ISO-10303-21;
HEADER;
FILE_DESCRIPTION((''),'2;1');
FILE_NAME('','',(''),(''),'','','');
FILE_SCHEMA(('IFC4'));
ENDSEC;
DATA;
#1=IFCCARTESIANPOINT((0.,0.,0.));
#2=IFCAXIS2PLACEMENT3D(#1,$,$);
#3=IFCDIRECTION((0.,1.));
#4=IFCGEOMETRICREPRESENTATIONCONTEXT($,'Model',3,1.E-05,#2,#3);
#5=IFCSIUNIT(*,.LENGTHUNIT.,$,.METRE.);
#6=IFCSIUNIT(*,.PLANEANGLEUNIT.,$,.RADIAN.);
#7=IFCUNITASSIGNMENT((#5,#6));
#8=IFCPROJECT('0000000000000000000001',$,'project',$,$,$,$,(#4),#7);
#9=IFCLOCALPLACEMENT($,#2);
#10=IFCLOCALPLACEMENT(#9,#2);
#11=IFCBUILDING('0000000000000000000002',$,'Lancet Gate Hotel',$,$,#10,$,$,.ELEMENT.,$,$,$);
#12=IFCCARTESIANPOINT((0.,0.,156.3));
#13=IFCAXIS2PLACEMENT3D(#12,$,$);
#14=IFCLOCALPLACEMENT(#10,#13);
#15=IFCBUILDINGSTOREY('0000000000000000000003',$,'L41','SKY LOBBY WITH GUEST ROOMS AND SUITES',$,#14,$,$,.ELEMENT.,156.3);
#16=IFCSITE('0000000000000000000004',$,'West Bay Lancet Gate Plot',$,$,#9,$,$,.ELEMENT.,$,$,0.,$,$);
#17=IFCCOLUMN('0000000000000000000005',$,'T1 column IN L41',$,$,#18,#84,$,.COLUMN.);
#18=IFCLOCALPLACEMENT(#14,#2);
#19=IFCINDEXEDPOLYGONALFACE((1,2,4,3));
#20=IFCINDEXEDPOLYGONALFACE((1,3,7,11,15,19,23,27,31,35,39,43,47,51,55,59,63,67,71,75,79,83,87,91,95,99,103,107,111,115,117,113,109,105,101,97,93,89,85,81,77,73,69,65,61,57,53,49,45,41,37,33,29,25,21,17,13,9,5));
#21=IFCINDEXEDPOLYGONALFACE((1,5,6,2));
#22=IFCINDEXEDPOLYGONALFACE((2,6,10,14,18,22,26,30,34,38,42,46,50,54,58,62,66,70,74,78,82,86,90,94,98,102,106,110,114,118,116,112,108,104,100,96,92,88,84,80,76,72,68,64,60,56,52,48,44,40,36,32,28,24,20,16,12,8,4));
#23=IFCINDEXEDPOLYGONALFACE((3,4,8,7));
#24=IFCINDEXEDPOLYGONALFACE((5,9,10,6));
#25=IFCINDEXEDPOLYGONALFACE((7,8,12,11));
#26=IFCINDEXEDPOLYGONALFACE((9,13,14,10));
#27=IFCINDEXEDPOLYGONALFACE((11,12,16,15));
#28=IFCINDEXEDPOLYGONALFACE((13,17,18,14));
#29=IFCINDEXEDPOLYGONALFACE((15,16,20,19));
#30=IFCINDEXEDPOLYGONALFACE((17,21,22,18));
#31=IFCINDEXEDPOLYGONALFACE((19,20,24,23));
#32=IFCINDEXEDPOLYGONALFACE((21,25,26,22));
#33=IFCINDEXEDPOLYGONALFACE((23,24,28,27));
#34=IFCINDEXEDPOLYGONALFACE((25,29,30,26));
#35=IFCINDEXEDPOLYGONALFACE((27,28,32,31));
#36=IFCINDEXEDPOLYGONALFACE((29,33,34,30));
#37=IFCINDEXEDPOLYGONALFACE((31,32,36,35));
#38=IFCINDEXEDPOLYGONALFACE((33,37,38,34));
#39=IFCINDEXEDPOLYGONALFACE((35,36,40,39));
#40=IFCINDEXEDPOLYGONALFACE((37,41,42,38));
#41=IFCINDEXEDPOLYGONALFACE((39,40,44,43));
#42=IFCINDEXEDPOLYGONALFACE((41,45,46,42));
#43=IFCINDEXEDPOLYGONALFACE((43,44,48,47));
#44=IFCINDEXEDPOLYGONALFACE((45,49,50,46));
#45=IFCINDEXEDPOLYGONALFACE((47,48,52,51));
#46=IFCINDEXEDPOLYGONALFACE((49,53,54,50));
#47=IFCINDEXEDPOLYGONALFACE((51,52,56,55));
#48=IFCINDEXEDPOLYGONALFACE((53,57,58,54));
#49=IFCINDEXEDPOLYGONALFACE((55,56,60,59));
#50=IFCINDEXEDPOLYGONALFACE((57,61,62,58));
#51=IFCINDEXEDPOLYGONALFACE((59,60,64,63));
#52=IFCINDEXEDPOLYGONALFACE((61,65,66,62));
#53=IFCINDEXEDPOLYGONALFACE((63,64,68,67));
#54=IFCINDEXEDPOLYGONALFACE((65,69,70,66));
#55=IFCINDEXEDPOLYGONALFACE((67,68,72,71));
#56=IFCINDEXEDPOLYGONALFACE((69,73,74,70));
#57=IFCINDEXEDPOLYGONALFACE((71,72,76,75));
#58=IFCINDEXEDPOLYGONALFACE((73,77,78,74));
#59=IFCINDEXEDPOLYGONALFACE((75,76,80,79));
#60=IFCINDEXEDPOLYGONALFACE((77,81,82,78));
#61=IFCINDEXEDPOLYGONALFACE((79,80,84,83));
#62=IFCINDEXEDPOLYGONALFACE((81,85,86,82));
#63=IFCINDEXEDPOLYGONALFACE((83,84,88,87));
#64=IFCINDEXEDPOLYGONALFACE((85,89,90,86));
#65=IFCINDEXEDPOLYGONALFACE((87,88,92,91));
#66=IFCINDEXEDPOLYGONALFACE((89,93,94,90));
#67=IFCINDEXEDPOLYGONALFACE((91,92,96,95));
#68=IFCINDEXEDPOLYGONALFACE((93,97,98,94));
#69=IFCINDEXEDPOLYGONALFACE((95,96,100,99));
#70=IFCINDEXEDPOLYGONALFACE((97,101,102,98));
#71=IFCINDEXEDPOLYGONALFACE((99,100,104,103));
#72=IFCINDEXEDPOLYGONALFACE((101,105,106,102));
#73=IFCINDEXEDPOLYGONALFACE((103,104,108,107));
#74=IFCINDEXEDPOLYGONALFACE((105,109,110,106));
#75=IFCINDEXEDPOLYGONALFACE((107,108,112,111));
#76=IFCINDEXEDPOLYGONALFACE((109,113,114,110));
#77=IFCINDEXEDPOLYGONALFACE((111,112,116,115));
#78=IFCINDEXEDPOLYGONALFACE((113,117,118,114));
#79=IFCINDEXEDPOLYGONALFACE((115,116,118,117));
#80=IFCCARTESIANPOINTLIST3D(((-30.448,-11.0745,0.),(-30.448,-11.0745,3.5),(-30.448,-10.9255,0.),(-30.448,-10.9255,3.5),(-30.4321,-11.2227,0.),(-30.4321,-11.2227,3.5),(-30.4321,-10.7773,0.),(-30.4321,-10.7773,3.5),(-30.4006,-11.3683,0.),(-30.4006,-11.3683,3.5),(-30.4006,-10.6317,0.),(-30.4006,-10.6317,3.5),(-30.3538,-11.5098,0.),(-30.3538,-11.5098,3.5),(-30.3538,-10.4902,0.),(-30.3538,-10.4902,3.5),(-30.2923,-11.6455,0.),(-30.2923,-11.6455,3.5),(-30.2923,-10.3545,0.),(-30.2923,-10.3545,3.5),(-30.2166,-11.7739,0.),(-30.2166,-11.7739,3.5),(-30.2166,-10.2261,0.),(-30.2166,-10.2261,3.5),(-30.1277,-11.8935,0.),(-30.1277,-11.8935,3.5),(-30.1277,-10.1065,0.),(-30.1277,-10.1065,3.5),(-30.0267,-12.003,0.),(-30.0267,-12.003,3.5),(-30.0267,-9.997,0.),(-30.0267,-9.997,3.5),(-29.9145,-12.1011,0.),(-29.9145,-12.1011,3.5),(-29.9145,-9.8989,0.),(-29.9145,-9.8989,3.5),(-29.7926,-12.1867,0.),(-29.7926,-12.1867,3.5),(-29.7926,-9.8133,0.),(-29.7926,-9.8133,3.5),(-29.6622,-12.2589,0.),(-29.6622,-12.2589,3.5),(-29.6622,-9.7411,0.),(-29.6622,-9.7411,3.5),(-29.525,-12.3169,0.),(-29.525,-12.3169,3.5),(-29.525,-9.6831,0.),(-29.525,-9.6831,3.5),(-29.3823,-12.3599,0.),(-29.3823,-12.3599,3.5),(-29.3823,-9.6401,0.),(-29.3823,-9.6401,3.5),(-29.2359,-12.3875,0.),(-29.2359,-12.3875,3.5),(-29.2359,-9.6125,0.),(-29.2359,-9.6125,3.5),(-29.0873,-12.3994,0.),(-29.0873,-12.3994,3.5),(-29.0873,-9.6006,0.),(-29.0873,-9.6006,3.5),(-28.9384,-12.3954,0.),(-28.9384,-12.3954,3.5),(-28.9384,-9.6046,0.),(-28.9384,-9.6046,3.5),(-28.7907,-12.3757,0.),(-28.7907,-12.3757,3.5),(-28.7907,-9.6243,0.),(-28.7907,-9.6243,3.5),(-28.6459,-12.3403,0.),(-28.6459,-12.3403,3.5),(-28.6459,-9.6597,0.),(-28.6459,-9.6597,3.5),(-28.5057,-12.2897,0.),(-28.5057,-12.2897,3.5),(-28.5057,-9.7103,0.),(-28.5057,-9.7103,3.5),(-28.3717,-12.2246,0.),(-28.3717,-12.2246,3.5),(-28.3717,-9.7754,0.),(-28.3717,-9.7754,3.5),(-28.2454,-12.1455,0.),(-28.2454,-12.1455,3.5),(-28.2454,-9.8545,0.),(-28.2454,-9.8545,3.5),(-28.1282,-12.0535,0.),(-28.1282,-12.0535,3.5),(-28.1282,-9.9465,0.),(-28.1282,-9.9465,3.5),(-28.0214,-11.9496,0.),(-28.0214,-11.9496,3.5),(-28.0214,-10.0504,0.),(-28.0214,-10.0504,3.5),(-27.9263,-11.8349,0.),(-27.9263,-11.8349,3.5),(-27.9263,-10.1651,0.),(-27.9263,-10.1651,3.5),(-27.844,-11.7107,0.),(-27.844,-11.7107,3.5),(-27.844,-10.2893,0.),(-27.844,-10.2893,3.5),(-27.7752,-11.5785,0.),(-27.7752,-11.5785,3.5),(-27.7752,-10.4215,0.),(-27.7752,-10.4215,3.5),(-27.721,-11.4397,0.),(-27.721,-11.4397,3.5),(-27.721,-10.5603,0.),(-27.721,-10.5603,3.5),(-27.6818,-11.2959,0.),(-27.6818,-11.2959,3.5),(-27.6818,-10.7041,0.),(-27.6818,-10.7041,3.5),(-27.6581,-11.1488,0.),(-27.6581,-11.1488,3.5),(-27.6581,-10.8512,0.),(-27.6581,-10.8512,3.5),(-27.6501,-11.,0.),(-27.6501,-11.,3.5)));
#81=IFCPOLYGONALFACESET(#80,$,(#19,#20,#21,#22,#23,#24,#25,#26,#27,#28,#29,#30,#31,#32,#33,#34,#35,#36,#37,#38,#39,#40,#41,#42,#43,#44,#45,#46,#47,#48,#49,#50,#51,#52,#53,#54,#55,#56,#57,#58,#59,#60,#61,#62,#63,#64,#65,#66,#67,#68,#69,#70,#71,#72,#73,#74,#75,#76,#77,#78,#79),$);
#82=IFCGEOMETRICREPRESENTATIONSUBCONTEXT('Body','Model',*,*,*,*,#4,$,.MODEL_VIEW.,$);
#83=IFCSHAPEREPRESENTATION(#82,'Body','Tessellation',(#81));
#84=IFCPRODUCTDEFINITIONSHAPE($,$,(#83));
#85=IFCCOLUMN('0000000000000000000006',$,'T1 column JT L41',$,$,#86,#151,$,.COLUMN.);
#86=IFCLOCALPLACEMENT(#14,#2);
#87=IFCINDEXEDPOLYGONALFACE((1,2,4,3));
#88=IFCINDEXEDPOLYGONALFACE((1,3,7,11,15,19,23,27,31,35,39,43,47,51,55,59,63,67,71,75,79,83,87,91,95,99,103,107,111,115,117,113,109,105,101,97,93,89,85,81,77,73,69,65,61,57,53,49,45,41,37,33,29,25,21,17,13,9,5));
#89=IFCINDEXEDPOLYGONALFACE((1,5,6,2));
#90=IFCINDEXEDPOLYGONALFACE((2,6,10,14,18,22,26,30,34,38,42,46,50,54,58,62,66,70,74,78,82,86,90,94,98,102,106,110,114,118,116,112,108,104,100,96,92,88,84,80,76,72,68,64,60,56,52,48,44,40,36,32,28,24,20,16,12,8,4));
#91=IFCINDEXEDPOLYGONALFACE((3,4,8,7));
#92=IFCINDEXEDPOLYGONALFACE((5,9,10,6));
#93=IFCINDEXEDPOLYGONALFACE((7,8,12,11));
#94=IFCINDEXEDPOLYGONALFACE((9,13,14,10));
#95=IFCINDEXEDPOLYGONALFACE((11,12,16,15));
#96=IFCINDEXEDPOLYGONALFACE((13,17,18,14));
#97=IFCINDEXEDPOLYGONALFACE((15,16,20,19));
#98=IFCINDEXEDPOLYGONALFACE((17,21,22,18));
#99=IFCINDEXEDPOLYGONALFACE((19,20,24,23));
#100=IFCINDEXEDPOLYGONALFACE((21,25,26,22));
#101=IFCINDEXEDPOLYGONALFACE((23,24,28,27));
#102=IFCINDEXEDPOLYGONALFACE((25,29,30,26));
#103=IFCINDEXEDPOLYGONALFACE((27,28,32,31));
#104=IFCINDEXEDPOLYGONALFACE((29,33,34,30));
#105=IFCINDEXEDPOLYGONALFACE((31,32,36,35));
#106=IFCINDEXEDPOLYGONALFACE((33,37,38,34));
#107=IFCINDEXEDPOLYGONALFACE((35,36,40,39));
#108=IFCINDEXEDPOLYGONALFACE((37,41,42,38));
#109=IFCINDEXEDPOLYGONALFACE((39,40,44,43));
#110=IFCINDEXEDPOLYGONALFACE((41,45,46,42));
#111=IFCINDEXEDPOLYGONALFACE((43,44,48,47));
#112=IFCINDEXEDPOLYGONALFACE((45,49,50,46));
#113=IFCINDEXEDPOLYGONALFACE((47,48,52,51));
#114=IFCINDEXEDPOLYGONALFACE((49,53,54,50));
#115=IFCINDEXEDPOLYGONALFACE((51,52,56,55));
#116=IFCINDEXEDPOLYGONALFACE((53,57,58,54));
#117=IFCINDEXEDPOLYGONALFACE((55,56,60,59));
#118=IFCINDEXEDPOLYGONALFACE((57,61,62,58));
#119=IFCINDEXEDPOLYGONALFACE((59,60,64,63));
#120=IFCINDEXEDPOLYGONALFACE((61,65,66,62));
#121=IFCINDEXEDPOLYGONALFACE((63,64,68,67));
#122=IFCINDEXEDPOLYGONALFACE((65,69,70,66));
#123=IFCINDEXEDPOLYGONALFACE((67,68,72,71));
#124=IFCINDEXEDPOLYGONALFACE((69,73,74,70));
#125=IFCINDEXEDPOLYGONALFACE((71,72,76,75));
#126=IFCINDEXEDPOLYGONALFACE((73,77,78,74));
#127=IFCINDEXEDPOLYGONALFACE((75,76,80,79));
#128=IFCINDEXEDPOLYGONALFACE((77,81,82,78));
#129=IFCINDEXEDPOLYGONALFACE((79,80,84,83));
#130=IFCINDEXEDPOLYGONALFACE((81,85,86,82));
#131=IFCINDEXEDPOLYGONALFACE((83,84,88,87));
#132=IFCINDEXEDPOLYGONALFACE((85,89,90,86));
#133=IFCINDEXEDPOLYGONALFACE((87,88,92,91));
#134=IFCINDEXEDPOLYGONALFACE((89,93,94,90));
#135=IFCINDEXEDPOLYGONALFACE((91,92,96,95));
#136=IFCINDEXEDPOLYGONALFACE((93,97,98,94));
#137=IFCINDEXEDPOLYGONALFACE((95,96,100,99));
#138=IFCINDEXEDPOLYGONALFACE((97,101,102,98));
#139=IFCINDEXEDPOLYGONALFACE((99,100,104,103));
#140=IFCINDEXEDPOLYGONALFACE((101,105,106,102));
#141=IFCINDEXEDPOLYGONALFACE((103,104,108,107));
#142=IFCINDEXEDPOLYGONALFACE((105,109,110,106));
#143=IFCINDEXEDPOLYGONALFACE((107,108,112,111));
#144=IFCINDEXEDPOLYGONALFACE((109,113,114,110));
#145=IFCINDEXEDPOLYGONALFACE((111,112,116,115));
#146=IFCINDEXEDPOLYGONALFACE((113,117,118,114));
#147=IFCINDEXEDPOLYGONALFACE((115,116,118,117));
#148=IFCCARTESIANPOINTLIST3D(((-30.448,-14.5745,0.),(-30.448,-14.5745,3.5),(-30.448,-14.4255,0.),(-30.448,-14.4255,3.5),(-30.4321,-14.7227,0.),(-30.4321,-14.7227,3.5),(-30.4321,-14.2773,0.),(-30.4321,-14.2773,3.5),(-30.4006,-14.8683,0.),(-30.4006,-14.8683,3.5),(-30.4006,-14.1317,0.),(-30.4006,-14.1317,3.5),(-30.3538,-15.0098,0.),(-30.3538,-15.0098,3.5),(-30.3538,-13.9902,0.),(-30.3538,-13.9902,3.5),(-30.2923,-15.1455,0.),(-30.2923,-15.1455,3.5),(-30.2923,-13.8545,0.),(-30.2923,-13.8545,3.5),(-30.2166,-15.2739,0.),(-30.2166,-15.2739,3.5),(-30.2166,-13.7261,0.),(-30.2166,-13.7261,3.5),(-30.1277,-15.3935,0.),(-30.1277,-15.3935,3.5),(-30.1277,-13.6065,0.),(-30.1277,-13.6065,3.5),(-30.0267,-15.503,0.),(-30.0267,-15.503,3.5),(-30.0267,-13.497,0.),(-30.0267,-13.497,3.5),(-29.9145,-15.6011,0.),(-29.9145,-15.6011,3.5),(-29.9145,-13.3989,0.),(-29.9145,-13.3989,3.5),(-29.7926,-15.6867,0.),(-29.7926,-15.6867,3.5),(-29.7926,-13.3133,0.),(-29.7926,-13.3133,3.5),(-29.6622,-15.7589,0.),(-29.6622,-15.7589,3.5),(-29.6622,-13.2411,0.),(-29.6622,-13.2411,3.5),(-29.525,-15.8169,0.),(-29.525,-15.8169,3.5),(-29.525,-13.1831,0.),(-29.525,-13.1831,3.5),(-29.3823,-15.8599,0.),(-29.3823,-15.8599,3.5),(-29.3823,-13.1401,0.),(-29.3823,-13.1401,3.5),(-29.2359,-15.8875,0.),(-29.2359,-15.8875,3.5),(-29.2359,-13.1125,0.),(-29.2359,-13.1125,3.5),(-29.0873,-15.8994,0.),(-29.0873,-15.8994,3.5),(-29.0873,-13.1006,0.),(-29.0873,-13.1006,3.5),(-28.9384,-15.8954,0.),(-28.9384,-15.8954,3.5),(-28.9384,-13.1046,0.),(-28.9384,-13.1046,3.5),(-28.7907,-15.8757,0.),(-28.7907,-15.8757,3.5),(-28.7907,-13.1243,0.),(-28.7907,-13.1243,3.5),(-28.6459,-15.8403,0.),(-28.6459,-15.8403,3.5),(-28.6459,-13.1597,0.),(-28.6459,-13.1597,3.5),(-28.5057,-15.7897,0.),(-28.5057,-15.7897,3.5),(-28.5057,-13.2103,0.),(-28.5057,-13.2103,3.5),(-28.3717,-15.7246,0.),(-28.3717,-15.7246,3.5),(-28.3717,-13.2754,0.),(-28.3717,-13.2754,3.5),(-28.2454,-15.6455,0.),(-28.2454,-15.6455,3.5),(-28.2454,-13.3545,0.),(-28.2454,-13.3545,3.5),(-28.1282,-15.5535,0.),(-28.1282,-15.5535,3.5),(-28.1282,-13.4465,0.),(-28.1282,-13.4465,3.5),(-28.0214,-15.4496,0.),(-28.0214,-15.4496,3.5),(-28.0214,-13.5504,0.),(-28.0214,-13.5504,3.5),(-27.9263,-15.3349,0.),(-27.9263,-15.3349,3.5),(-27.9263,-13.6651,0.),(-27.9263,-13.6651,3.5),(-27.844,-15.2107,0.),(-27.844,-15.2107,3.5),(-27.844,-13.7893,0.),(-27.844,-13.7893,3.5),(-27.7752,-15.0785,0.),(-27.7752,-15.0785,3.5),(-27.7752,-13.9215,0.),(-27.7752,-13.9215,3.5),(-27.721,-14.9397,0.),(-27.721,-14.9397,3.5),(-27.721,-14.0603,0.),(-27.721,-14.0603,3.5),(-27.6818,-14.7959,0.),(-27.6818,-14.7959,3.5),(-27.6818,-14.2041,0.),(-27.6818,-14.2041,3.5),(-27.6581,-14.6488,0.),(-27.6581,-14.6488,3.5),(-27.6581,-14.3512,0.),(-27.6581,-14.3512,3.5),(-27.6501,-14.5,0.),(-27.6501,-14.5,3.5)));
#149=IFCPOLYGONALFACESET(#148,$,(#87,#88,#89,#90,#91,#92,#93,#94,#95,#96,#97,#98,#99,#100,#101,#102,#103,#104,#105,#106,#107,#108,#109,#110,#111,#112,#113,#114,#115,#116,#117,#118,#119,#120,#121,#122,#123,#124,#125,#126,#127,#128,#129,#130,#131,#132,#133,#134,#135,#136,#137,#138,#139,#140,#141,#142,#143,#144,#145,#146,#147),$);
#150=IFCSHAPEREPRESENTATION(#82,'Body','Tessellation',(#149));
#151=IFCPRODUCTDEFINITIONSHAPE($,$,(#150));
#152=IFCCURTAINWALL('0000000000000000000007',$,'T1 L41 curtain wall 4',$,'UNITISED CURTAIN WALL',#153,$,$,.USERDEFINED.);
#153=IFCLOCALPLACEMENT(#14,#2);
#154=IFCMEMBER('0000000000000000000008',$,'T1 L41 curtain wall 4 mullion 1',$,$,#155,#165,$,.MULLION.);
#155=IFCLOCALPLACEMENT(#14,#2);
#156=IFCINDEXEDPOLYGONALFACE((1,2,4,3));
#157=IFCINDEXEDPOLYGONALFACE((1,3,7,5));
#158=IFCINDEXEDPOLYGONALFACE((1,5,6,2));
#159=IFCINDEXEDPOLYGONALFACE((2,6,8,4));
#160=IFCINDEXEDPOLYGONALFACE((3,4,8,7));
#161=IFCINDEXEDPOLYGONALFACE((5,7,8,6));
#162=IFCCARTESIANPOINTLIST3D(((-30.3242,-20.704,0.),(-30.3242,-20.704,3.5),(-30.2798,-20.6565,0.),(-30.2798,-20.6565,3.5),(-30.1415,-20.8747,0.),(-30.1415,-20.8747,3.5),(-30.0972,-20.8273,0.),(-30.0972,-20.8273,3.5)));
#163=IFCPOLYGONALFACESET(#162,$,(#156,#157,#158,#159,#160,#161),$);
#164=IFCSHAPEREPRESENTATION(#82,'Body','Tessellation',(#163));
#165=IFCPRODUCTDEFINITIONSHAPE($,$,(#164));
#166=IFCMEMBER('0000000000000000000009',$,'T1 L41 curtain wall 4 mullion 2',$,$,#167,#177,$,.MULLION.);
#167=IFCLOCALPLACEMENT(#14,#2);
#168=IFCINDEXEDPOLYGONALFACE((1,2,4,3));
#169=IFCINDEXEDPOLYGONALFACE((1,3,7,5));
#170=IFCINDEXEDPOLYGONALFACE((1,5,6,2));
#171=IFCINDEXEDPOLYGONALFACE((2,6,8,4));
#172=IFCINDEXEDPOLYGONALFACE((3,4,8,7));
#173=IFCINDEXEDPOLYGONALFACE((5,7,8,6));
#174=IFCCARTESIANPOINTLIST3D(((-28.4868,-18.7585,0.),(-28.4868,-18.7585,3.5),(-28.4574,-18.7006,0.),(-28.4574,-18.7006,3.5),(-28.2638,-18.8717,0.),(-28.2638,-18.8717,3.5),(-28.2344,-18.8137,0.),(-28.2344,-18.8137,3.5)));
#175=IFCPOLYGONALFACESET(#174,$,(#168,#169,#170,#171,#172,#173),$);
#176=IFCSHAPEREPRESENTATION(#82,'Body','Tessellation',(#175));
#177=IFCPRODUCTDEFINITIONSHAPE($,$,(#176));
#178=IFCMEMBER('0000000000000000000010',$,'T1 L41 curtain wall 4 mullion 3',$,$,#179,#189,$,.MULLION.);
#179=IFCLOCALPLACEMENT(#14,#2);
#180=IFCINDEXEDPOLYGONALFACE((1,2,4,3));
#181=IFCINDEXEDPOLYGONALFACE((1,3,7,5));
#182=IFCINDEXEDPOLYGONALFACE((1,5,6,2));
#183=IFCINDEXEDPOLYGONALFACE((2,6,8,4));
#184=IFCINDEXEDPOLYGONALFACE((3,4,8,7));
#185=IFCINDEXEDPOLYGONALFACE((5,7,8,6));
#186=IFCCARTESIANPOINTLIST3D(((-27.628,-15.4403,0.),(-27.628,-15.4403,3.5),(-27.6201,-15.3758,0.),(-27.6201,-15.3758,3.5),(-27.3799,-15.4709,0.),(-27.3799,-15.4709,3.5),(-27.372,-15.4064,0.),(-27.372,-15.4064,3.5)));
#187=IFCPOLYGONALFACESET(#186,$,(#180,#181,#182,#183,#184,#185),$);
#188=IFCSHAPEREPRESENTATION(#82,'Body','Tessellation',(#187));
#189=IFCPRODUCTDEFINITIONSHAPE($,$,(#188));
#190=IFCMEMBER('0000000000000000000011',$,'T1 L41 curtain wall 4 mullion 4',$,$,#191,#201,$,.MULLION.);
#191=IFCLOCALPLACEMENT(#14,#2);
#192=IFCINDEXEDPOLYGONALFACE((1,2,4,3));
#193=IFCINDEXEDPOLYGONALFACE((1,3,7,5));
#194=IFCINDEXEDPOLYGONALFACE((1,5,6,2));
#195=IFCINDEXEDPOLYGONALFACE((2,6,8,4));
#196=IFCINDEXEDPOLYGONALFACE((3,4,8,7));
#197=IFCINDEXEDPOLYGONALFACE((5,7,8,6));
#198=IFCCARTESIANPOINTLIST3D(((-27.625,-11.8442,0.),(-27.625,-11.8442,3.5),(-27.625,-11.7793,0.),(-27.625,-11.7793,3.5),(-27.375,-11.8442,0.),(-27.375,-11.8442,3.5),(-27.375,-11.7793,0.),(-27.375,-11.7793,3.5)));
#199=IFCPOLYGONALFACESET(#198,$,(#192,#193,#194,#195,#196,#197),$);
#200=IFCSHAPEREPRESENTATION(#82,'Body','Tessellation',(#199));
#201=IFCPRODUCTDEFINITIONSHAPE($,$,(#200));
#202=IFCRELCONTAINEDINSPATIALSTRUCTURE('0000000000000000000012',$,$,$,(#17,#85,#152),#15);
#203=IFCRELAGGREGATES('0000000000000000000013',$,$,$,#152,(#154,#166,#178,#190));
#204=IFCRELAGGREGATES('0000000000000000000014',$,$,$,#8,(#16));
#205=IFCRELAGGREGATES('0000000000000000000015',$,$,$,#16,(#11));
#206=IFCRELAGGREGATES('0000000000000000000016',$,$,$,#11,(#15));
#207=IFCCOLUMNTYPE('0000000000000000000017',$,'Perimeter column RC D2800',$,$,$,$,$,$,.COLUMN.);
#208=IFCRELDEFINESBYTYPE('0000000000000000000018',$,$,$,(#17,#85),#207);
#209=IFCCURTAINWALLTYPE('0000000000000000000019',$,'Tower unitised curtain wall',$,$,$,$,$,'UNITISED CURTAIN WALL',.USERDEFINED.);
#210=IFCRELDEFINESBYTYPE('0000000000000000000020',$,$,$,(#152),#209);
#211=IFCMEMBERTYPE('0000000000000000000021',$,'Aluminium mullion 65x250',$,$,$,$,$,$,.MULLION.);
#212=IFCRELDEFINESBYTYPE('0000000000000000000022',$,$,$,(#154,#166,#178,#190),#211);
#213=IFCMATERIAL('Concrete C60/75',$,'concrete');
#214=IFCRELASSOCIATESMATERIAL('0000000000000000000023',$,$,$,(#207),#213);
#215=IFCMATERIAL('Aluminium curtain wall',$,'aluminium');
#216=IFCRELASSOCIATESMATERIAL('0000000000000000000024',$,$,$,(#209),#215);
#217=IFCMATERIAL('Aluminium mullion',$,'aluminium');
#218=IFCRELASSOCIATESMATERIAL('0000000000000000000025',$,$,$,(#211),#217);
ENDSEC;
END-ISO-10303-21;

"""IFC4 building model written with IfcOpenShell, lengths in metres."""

from ifc_helpers import new_model, si_unit, direction, frame, origin, origin_2d, place, context, subcontext, project, spatial, rectangle, circle, extrude, material, material_profile, profile_set, type_object, element, aggregate, save


model = new_model("IFC4")

# Units and contexts
model_context = context("Model", 3, precision=1e-05, world=origin(), true_north=direction((0.0, 1.0)))
body_context = subcontext(model_context, "Body", "Model", "MODEL_VIEW")
ifc_project = project(units=[si_unit("LENGTHUNIT", "METRE"), si_unit("PLANEANGLEUNIT", "RADIAN")], contexts=[model_context])

# Site, building, storey
site_placement = place(None, origin())
site = spatial("IfcSite", under=ifc_project, at=site_placement, Name="West Bay Lancet Gate Plot", CompositionType="ELEMENT", RefElevation=0.0)
building_placement = place(site_placement, origin())
building = spatial("IfcBuilding", under=site, at=building_placement, Name="Lancet Gate Hotel", CompositionType="ELEMENT")
storey_placement = place(building_placement, frame((0.0, 0.0, 156.3)))
storey = spatial("IfcBuildingStorey", under=building, at=storey_placement, Name="L41", Description="SKY LOBBY WITH GUEST ROOMS AND SUITES", CompositionType="ELEMENT", Elevation=156.3)

# Columns
ifc_material_1 = material(Name="Concrete C60/75", Category="concrete")
ifc_material_profile_1 = material_profile(ifc_material_1, circle(Radius=1.3999, at=origin_2d()), Name="RC D2800")
ifc_profile_set_1 = profile_set([ifc_material_profile_1], Name="Concrete C60/75")
column_type = type_object("IfcColumnType", Name="Perimeter column RC D2800", PredefinedType="COLUMN", material=ifc_profile_set_1)
for number, where, z_axis, x_axis, name in (
    (1, (-29.05, -11.0, 0.0), (0.0, 0.0, 1.0), (1.0, 0.0, 0.0), "T1 column IN L41"),
    (2, (-29.05, -14.5, 0.0), (0.0, 0.0, 1.0), (1.0, 0.0, 0.0), "T1 column JT L41"),
):
    element("IfcColumn", number, at=place(storey_placement, frame(where, z_axis=z_axis, x_axis=x_axis)), inside=storey, type_object=column_type, Name=name, PredefinedType="COLUMN", context=body_context, shape_type="SweptSolid", body=[
        extrude(circle(Radius=1.3999, at=origin_2d()), origin(), (0.0, 0.0, 1.0), 3.5),
    ])

# Curtain wall, members
ifc_material_2 = material(Name="Aluminium curtain wall", Category="aluminium")
curtain_wall_type = type_object("IfcCurtainWallType", Name="Tower unitised curtain wall", ElementType="UNITISED CURTAIN WALL", PredefinedType="USERDEFINED", material=ifc_material_2)
curtain_wall_placement = place(storey_placement, origin())
curtain_wall = element("IfcCurtainWall", 3, at=curtain_wall_placement, inside=storey, type_object=curtain_wall_type, Name="T1 L41 curtain wall 4", ObjectType="UNITISED CURTAIN WALL", PredefinedType="USERDEFINED")
ifc_material_3 = material(Name="Aluminium mullion", Category="aluminium")
ifc_material_profile_2 = material_profile(ifc_material_3, rectangle(XDim=0.0649, YDim=0.25, at=origin_2d()), Name="MULLION 65x250")
ifc_profile_set_2 = profile_set([ifc_material_profile_2], Name="Aluminium mullion")
member_type_1 = type_object("IfcMemberType", Name="Aluminium mullion 65x250", PredefinedType="MULLION", material=ifc_profile_set_2)
member_1_placement = place(storey_placement, frame((-30.2107, -20.7656, 0.0), z_axis=(0.0, 0.0, 1.0), x_axis=(0.682845, 0.730563, 0.0)))
member_1 = element("IfcMember", 4, at=member_1_placement, type_object=member_type_1, Name="T1 L41 curtain wall 4 mullion 1", PredefinedType="MULLION", context=body_context, shape_type="SweptSolid", body=[
    extrude(rectangle(XDim=0.0649, YDim=0.25, at=origin_2d()), origin(), (0.0, 0.0, 1.0), 3.5),
])
member_2_placement = place(storey_placement, frame((-28.3606, -18.7861, 0.0), z_axis=(0.0, 0.0, 1.0), x_axis=(0.452508, 0.891761, 0.0)))
member_2 = element("IfcMember", 5, at=member_2_placement, type_object=member_type_1, Name="T1 L41 curtain wall 4 mullion 2", PredefinedType="MULLION", context=body_context, shape_type="SweptSolid", body=[
    extrude(rectangle(XDim=0.0649, YDim=0.25, at=origin_2d()), origin(), (0.0, 0.0, 1.0), 3.5),
])
member_3_placement = place(storey_placement, frame((-27.5, -15.4233, 0.0), z_axis=(0.0, 0.0, 1.0), x_axis=(0.122467, 0.992473, 0.0)))
member_3 = element("IfcMember", 6, at=member_3_placement, type_object=member_type_1, Name="T1 L41 curtain wall 4 mullion 3", PredefinedType="MULLION", context=body_context, shape_type="SweptSolid", body=[
    extrude(rectangle(XDim=0.0649, YDim=0.25, at=origin_2d()), origin(), (0.0, 0.0, 1.0), 3.5),
])
member_4_placement = place(storey_placement, frame((-27.5, -11.8118, 0.0), z_axis=(0.0, 0.0, 1.0), x_axis=(0.0, 1.0, 0.0)))
member_4 = element("IfcMember", 7, at=member_4_placement, type_object=member_type_1, Name="T1 L41 curtain wall 4 mullion 4", PredefinedType="MULLION", context=body_context, shape_type="SweptSolid", body=[
    extrude(rectangle(XDim=0.0649, YDim=0.25, at=origin_2d()), origin(), (0.0, 0.0, 1.0), 3.5),
])

aggregate(curtain_wall, [member_1, member_2, member_3, member_4])

save(model, "model.ifc")
